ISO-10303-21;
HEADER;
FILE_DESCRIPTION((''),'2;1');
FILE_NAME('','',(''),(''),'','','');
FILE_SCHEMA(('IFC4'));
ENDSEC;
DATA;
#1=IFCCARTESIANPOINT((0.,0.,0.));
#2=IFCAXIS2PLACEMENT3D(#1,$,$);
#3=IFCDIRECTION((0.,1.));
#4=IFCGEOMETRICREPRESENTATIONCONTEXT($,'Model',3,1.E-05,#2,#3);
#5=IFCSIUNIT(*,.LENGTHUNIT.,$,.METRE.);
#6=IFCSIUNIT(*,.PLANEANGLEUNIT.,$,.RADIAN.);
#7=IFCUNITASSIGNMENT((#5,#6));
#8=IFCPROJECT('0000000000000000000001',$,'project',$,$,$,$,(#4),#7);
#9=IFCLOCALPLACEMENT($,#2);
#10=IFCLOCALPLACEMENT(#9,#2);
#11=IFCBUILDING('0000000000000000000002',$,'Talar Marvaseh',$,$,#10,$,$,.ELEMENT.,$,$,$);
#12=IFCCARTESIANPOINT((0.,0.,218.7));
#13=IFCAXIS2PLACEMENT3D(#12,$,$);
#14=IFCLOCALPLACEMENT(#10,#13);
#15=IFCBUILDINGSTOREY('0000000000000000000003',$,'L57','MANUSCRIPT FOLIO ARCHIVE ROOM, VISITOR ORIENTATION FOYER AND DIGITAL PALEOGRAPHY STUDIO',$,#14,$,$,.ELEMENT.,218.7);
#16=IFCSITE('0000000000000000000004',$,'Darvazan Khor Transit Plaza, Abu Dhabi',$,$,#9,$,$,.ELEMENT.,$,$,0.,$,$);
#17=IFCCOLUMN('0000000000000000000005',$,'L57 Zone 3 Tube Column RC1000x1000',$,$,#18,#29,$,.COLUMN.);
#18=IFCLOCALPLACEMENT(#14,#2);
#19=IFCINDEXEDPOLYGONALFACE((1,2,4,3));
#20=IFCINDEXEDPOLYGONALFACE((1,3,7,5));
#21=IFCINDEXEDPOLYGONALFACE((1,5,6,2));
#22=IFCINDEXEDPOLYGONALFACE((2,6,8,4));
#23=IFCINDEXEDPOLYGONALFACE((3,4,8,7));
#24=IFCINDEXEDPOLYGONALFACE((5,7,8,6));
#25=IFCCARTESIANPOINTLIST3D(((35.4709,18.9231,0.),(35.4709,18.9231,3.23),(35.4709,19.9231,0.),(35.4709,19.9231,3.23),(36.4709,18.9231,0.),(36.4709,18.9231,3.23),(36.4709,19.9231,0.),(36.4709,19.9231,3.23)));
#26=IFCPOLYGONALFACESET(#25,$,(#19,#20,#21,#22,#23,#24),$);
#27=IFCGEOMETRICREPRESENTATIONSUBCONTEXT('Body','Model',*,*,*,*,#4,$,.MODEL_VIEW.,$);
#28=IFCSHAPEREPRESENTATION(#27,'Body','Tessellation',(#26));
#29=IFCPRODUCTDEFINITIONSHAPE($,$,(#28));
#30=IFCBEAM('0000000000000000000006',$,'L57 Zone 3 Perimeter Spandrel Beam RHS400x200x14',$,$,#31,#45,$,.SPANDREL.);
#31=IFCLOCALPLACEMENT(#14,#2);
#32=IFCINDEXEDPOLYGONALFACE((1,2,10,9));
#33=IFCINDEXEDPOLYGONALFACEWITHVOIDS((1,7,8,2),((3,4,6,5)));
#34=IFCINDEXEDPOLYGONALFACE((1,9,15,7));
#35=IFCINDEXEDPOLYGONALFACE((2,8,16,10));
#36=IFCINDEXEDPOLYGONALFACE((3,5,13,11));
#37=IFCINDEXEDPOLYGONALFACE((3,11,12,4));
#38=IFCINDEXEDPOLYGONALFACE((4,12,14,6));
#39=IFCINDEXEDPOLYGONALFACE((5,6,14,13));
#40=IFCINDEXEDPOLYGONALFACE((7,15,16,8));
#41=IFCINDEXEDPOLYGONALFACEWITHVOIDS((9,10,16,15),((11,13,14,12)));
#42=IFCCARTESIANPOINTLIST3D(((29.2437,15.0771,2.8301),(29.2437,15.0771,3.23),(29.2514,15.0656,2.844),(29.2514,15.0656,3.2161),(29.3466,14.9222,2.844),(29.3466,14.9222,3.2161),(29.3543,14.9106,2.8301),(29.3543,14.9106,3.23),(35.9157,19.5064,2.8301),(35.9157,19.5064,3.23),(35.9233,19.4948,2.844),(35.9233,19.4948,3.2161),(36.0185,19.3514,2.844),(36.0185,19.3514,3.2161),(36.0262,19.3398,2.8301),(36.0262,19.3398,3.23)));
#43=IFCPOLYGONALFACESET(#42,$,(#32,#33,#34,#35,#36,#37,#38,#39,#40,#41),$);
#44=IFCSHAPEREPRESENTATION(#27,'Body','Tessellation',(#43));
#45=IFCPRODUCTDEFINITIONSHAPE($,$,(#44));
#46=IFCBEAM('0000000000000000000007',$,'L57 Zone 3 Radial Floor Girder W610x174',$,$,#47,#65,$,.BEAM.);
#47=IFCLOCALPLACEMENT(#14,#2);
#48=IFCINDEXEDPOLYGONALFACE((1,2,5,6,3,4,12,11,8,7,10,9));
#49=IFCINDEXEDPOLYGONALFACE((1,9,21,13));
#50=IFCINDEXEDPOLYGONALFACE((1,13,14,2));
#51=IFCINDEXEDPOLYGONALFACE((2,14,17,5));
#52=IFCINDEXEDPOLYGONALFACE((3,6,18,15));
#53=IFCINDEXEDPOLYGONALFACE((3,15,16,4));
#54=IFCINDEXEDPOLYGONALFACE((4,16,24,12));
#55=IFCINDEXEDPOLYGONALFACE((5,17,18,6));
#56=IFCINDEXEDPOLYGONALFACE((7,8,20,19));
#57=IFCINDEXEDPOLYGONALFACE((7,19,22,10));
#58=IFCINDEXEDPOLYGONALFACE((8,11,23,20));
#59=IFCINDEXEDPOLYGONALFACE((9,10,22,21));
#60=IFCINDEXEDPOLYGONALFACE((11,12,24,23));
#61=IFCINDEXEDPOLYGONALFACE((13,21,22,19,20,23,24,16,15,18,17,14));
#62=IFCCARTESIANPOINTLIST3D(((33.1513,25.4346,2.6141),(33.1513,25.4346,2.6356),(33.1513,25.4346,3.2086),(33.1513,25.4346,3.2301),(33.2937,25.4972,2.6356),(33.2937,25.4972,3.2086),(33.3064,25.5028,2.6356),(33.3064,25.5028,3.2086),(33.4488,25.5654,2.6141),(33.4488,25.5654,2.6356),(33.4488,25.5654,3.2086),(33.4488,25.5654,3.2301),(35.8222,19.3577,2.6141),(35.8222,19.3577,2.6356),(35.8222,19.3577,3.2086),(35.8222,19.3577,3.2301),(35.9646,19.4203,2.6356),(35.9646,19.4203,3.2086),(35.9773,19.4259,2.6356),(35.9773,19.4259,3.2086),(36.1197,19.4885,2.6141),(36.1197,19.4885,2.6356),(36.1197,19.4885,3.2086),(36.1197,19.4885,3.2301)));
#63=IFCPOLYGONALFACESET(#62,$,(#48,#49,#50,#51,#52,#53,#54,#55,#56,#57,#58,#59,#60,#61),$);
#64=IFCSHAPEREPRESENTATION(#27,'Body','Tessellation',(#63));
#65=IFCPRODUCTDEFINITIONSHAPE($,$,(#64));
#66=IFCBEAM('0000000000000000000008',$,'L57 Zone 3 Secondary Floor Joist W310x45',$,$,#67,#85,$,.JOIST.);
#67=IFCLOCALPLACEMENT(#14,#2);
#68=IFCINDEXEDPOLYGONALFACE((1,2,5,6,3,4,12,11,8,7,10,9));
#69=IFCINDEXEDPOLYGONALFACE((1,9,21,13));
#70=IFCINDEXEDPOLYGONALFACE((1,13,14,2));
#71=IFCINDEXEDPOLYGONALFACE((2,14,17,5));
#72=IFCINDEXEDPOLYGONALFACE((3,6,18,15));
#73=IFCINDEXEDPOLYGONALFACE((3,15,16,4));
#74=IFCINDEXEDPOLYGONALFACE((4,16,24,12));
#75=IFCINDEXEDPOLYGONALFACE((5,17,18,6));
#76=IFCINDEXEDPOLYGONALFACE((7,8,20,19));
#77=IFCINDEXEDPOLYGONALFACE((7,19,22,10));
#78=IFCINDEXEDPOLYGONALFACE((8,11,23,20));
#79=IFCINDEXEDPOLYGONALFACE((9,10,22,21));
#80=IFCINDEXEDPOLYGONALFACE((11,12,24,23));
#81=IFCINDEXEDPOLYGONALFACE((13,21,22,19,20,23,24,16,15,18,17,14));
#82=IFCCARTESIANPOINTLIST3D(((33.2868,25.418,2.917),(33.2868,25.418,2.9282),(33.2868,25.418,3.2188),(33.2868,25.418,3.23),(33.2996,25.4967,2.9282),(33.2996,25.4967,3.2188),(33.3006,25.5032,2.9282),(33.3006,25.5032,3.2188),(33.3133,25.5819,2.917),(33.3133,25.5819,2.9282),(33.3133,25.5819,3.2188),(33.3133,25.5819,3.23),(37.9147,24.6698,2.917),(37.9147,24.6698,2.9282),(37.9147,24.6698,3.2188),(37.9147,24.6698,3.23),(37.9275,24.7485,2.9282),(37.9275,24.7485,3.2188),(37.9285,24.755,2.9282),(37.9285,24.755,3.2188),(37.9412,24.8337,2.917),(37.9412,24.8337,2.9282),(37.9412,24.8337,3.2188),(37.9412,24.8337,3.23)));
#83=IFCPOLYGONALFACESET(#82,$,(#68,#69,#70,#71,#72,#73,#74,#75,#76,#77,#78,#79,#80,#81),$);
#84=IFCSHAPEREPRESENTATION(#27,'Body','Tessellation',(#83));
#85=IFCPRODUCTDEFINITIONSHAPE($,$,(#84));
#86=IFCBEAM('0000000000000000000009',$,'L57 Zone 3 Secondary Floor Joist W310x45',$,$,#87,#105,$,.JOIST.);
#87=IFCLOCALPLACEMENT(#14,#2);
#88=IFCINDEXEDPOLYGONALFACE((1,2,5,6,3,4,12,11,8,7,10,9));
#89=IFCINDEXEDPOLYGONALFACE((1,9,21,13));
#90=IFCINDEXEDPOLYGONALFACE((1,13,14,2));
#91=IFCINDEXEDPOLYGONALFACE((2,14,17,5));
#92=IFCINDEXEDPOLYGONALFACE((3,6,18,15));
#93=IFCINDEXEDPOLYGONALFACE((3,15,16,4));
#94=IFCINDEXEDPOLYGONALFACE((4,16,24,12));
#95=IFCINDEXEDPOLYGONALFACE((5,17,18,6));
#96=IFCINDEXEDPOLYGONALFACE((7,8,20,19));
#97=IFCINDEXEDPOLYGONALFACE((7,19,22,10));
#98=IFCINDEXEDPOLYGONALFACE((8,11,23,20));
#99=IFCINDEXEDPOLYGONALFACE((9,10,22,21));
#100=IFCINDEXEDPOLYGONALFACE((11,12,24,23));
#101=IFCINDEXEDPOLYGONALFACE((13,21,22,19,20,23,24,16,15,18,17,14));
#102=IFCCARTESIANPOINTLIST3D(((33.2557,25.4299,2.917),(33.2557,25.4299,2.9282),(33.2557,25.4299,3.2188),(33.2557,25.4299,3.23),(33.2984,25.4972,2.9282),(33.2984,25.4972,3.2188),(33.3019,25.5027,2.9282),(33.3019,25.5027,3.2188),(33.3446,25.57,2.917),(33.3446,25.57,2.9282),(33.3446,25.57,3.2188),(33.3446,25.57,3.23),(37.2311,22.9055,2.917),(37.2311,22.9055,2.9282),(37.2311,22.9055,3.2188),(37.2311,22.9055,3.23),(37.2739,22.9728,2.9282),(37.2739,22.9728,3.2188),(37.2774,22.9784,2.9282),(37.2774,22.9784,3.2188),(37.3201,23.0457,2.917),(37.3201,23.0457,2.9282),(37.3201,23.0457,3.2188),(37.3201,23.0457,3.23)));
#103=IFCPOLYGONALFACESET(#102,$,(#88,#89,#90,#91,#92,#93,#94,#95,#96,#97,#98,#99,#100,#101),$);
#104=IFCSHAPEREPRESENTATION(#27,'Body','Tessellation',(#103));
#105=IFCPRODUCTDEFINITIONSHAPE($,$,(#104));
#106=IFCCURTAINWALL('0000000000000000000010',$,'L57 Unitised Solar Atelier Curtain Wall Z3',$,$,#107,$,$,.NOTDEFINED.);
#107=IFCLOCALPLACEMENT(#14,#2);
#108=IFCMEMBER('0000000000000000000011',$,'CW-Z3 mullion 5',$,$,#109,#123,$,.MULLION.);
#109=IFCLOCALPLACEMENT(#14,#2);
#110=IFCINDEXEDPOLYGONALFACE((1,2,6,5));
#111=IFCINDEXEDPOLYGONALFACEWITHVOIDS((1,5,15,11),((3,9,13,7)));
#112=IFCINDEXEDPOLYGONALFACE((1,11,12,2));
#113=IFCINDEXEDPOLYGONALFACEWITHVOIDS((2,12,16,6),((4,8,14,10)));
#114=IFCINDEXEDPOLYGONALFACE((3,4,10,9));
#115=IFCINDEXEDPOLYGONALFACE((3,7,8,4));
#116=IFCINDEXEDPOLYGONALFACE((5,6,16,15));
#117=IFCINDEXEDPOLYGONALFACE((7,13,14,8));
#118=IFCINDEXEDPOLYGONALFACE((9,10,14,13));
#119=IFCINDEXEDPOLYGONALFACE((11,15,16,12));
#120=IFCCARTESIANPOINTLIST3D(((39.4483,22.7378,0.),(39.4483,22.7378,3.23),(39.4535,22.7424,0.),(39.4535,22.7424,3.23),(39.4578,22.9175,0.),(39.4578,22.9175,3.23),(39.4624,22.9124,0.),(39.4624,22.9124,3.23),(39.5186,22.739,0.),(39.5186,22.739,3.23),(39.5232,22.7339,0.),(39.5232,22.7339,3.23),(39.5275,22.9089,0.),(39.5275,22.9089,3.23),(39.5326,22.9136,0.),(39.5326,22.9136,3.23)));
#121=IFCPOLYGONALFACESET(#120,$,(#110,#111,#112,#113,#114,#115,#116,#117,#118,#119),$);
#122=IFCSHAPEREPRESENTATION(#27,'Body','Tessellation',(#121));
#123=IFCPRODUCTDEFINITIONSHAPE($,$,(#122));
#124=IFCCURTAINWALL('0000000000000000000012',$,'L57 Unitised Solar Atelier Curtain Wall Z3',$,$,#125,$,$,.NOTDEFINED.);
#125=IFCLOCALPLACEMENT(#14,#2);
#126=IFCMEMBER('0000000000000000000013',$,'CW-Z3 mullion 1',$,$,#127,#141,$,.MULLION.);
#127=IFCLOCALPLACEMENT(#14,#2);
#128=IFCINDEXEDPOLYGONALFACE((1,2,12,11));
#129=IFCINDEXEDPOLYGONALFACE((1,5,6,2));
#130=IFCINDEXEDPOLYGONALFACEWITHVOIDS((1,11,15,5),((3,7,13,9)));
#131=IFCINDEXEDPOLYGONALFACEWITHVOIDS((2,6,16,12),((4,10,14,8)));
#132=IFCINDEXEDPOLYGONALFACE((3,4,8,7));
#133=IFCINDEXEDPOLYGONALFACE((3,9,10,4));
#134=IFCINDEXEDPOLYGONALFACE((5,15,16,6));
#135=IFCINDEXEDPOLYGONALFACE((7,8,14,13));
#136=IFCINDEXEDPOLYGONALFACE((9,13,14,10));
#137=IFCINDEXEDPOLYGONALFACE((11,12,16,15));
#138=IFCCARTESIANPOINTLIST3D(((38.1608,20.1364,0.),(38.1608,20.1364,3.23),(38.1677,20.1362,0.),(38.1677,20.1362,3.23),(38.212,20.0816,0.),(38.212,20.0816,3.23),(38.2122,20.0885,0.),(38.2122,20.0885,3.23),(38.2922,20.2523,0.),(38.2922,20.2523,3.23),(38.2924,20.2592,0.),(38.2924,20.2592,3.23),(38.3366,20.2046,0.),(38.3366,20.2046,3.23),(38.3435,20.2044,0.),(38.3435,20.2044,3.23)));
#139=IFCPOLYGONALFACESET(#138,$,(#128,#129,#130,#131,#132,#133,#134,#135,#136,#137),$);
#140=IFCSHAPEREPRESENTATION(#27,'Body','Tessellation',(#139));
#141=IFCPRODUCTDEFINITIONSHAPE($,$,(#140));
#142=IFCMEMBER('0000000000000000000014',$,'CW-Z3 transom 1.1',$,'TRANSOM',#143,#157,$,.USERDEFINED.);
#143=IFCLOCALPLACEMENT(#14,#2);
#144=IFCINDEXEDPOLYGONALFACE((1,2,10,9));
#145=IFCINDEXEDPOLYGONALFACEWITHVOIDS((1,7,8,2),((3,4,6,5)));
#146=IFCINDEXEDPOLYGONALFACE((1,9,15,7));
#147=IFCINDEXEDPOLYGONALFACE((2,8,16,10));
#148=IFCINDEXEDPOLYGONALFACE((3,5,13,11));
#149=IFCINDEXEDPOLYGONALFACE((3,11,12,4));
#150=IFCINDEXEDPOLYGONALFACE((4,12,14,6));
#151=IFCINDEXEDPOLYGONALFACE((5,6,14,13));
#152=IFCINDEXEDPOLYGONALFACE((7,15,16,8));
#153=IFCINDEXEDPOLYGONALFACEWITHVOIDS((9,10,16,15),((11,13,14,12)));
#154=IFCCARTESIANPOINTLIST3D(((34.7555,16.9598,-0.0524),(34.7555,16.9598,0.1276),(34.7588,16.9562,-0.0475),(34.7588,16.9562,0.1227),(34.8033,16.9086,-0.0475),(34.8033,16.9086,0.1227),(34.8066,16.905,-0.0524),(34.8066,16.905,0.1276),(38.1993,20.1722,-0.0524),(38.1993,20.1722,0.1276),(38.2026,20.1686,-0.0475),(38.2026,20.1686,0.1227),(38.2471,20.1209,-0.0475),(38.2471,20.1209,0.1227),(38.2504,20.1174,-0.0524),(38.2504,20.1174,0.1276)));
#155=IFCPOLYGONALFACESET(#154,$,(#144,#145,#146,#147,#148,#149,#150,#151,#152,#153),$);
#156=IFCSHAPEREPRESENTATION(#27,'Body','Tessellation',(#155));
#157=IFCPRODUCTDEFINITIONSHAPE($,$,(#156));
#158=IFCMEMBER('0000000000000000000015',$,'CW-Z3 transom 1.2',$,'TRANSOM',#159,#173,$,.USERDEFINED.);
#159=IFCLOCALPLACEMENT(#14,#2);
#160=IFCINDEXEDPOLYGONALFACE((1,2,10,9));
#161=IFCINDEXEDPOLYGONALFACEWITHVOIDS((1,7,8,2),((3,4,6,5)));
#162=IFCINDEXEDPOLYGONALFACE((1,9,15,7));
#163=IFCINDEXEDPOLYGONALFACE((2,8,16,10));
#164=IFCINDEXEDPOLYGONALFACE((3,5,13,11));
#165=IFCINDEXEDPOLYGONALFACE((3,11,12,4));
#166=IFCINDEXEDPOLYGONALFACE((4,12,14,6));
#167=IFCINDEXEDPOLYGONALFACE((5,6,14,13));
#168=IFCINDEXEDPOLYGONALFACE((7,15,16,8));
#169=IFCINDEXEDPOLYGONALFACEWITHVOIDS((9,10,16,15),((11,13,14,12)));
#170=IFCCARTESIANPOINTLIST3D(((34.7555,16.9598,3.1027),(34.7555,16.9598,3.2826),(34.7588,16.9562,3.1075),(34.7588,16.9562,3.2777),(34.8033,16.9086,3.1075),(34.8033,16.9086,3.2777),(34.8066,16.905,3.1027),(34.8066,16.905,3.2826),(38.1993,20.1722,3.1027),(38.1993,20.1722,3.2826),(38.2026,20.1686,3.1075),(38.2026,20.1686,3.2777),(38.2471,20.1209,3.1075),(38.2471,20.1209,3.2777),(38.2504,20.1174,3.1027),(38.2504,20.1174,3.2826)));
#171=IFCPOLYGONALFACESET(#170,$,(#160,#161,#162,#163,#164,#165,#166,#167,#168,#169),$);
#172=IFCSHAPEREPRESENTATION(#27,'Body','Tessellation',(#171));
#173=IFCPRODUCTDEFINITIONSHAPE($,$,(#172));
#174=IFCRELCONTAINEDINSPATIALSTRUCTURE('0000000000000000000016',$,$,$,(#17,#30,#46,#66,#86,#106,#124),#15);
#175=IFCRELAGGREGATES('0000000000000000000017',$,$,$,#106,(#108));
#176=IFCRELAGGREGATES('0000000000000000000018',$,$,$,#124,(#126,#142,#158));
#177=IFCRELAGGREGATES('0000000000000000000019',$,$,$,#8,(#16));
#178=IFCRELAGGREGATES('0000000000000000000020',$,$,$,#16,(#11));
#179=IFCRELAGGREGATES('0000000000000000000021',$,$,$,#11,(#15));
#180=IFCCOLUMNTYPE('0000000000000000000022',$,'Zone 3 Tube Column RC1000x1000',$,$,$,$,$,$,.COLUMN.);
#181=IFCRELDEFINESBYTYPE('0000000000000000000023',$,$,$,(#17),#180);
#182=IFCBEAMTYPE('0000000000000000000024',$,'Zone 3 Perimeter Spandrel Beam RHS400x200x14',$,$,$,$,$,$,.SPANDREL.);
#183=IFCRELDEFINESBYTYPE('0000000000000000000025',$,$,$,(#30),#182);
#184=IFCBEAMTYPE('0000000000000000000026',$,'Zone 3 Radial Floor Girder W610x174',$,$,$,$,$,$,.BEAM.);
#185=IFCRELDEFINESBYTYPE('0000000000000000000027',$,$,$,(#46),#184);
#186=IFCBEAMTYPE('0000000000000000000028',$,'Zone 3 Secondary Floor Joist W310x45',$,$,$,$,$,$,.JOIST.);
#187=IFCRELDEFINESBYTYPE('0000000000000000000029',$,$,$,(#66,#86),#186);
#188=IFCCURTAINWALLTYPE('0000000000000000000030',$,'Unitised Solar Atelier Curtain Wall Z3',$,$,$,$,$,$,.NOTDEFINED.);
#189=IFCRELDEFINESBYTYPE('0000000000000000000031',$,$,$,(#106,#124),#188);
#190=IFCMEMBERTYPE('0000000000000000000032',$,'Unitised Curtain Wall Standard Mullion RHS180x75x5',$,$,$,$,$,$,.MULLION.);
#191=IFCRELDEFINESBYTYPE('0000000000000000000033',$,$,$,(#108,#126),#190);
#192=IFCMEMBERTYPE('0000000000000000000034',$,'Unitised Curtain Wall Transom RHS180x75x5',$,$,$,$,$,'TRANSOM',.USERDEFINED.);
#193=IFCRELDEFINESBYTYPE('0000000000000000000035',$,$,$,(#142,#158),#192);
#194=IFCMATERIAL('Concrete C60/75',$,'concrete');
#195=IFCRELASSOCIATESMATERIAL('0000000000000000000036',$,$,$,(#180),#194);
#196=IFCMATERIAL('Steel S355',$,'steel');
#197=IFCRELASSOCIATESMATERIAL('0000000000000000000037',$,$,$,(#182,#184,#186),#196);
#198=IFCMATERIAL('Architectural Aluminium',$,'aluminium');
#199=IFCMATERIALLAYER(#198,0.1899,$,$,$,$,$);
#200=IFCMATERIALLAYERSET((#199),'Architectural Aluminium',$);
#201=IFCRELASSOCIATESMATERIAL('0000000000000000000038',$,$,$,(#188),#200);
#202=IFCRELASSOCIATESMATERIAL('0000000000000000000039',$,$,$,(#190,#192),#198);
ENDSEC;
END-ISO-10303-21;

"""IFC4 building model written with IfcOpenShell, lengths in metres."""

from ifc_helpers import new_model, si_unit, direction, frame, origin, origin_2d, place, context, subcontext, project, spatial, rectangle, hollow_rectangle, i_section, extrude, source, transform, mapped, material, layer, layer_set, material_profile, profile_set, type_object, type_shapes, element, aggregate, save


model = new_model("IFC4")

# Units and contexts
model_context = context("Model", 3, precision=1e-05, world=origin(), true_north=direction((0.0, 1.0)))
body_context = subcontext(model_context, "Body", "Model", "MODEL_VIEW")
ifc_project = project(units=[si_unit("LENGTHUNIT", "METRE"), si_unit("PLANEANGLEUNIT", "RADIAN")], contexts=[model_context])

# Site, building, storey
site_placement = place(None, origin())
site = spatial("IfcSite", under=ifc_project, at=site_placement, Name="Darvazan Khor Transit Plaza, Abu Dhabi", CompositionType="ELEMENT", RefElevation=0.0)
building_placement = place(site_placement, origin())
building = spatial("IfcBuilding", under=site, at=building_placement, Name="Talar Marvaseh", CompositionType="ELEMENT")
storey_placement = place(building_placement, frame((0.0, 0.0, 218.7)))
storey = spatial("IfcBuildingStorey", under=building, at=storey_placement, Name="L57", Description="MANUSCRIPT FOLIO ARCHIVE ROOM, VISITOR ORIENTATION FOYER AND DIGITAL PALEOGRAPHY STUDIO", CompositionType="ELEMENT", Elevation=218.7)

# Column
ifc_material_1 = material(Name="Concrete C60/75", Category="concrete")
ifc_material_profile_1 = material_profile(ifc_material_1, rectangle(XDim=1.0, YDim=1.0, at=origin_2d()), Name="RC1000x1000")
ifc_profile_set_1 = profile_set([ifc_material_profile_1], Name="Concrete C60/75")
column_type = type_object("IfcColumnType", Name="Zone 3 Tube Column RC1000x1000", PredefinedType="COLUMN", material=ifc_profile_set_1)
column_placement = place(storey_placement, frame((35.9709, 19.4231, 0.0), z_axis=(0.0, 0.0, 1.0), x_axis=(1.0, 0.0, 0.0)))
element("IfcColumn", 1, at=column_placement, inside=storey, type_object=column_type, Name="L57 Zone 3 Tube Column RC1000x1000", PredefinedType="COLUMN", context=body_context, shape_type="SweptSolid", body=[
    extrude(rectangle(XDim=1.0, YDim=1.0, at=origin_2d()), origin(), (0.0, 0.0, 1.0), 3.23),
])

# Beams
ifc_material_2 = material(Name="Steel S355", Category="steel")
ifc_material_profile_2 = material_profile(ifc_material_2, hollow_rectangle(XDim=0.2, YDim=0.3999, WallThickness=0.0139, at=origin_2d()), Name="RHS400x200x14")
ifc_profile_set_2 = profile_set([ifc_material_profile_2], Name="Steel S355")
beam_type_1 = type_object("IfcBeamType", Name="Zone 3 Perimeter Spandrel Beam RHS400x200x14", PredefinedType="SPANDREL", material=ifc_profile_set_2)
beam_1_placement = place(storey_placement, frame((35.9709, 19.4231, 3.03), z_axis=(-0.833127, -0.553081, 0.0), x_axis=(0.553081, -0.833127, 0.0)))
element("IfcBeam", 2, at=beam_1_placement, inside=storey, type_object=beam_type_1, Name="L57 Zone 3 Perimeter Spandrel Beam RHS400x200x14", PredefinedType="SPANDREL", context=body_context, shape_type="SweptSolid", body=[
    extrude(hollow_rectangle(XDim=0.2, YDim=0.3999, WallThickness=0.0139, at=origin_2d()), origin(), (0.0, 0.0, 1.0), 8.0083),
])
ifc_material_profile_3 = material_profile(ifc_material_2, i_section(OverallWidth=0.325, OverallDepth=0.616, WebThickness=0.0139, FlangeThickness=0.0215, at=origin_2d()), Name="W610x174")
ifc_profile_set_3 = profile_set([ifc_material_profile_3], Name="Steel S355")
beam_type_2 = type_object("IfcBeamType", Name="Zone 3 Radial Floor Girder W610x174", PredefinedType="BEAM", material=ifc_profile_set_3)
beam_2_placement = place(storey_placement, frame((35.9709, 19.4231, 2.9221), z_axis=(-0.402368, 0.915478, 0.0), x_axis=(-0.915478, -0.402368, 0.0)))
element("IfcBeam", 3, at=beam_2_placement, inside=storey, type_object=beam_type_2, Name="L57 Zone 3 Radial Floor Girder W610x174", PredefinedType="BEAM", context=body_context, shape_type="SweptSolid", body=[
    extrude(i_section(OverallWidth=0.325, OverallDepth=0.616, WebThickness=0.0139, FlangeThickness=0.0215, at=origin_2d()), origin(), (0.0, 0.0, 1.0), 6.6379),
])
ifc_material_profile_4 = material_profile(ifc_material_2, i_section(OverallWidth=0.166, OverallDepth=0.313, WebThickness=0.0066, FlangeThickness=0.0112, at=origin_2d()), Name="W310x45")
ifc_profile_set_4 = profile_set([ifc_material_profile_4], Name="Steel S355")
beam_type_3 = type_object("IfcBeamType", Name="Zone 3 Secondary Floor Joist W310x45", PredefinedType="JOIST", material=ifc_profile_set_4)
beam_3_placement = place(storey_placement, frame((37.928, 24.7517, 3.0735), z_axis=(-0.987179, 0.159617, 0.0), x_axis=(-0.159617, -0.987179, 0.0)))
element("IfcBeam", 4, at=beam_3_placement, inside=storey, type_object=beam_type_3, Name="L57 Zone 3 Secondary Floor Joist W310x45", PredefinedType="JOIST", context=body_context, shape_type="SweptSolid", body=[
    extrude(i_section(OverallWidth=0.166, OverallDepth=0.313, WebThickness=0.0066, FlangeThickness=0.0112, at=origin_2d()), origin(), (0.0, 0.0, 1.0), 4.688),
])
beam_4_placement = place(storey_placement, frame((37.2756, 22.9756, 3.0735), z_axis=(-0.84419, 0.536043, 0.0), x_axis=(-0.536043, -0.84419, 0.0)))
element("IfcBeam", 5, at=beam_4_placement, inside=storey, type_object=beam_type_3, Name="L57 Zone 3 Secondary Floor Joist W310x45", PredefinedType="JOIST", context=body_context, shape_type="SweptSolid", body=[
    extrude(i_section(OverallWidth=0.166, OverallDepth=0.313, WebThickness=0.0066, FlangeThickness=0.0112, at=origin_2d()), origin(), (0.0, 0.0, 1.0), 4.7092),
])

# Curtain wall, member
ifc_material_3 = material(Name="Architectural Aluminium", Category="aluminium")
ifc_layer_1 = layer(ifc_material_3, 0.1899)
ifc_layer_set_1 = layer_set([ifc_layer_1], Name="Architectural Aluminium")
curtain_wall_type = type_object("IfcCurtainWallType", Name="Unitised Solar Atelier Curtain Wall Z3", PredefinedType="NOTDEFINED", material=ifc_layer_set_1)
curtain_wall_1_placement = place(storey_placement, origin())
curtain_wall_1 = element("IfcCurtainWall", 6, at=curtain_wall_1_placement, inside=storey, type_object=curtain_wall_type, Name="L57 Unitised Solar Atelier Curtain Wall Z3", PredefinedType="NOTDEFINED")
ifc_material_profile_5 = material_profile(ifc_material_3, hollow_rectangle(XDim=0.075, YDim=0.1799, WallThickness=0.0049, at=origin_2d()), Name="RHS180x75x5")
ifc_profile_set_5 = profile_set([ifc_material_profile_5], Name="Architectural Aluminium")
member_type_1 = type_object("IfcMemberType", Name="Unitised Curtain Wall Standard Mullion RHS180x75x5", PredefinedType="MULLION", material=ifc_profile_set_5)
shared_shape_1 = source(origin(), body_context, "Body", "SweptSolid", [
    extrude(hollow_rectangle(XDim=0.075, YDim=0.1799, WallThickness=0.0049, at=origin_2d()), origin(), (0.0, 0.0, 1.0), 3.23),
])
type_shapes(member_type_1, [shared_shape_1])
member_1_placement = place(storey_placement, frame((39.4905, 22.8257, 0.0), z_axis=(0.0, 0.0, 1.0), x_axis=(0.998622, -0.052488, 0.0)))
member_1 = element("IfcMember", 7, at=member_1_placement, type_object=member_type_1, Name="CW-Z3 mullion 5", PredefinedType="MULLION", context=body_context, shape_type="MappedRepresentation", body=[
    mapped(shared_shape_1, transform((0.0, 0.0, 0.0), x_axis=(1.0, 0.0, 0.0), y_axis=(0.0, 1.0, 0.0), z_axis=(0.0, 0.0, 1.0), scale=1.0)),
])

# Curtain wall, members
curtain_wall_2_placement = place(storey_placement, origin())
curtain_wall_2 = element("IfcCurtainWall", 8, at=curtain_wall_2_placement, inside=storey, type_object=curtain_wall_type, Name="L57 Unitised Solar Atelier Curtain Wall Z3", PredefinedType="NOTDEFINED")
member_2_placement = place(storey_placement, frame((38.2522, 20.1704, 0.0), z_axis=(0.0, 0.0, 1.0), x_axis=(0.68211, -0.731249, 0.0)))
member_2 = element("IfcMember", 9, at=member_2_placement, type_object=member_type_1, Name="CW-Z3 mullion 1", PredefinedType="MULLION", context=body_context, shape_type="MappedRepresentation", body=[
    mapped(shared_shape_1, transform((0.0, 0.0, 0.0), x_axis=(1.0, 0.0, 0.0), y_axis=(0.0, 1.0, 0.0), z_axis=(0.0, 0.0, 1.0), scale=1.0)),
])
ifc_material_profile_6 = material_profile(ifc_material_3, hollow_rectangle(XDim=0.075, YDim=0.1799, WallThickness=0.0049, at=origin_2d()), Name="RHS180x75x5")
ifc_profile_set_6 = profile_set([ifc_material_profile_6], Name="Architectural Aluminium")
member_type_2 = type_object("IfcMemberType", Name="Unitised Curtain Wall Transom RHS180x75x5", ElementType="TRANSOM", PredefinedType="USERDEFINED", material=ifc_profile_set_6)
shared_shape_2 = source(origin(), body_context, "Body", "SweptSolid", [
    extrude(hollow_rectangle(XDim=0.075, YDim=0.1799, WallThickness=0.0049, at=origin_2d()), origin(), (0.0, 0.0, 1.0), 4.7095),
])
type_shapes(member_type_2, [shared_shape_2])
member_3_placement = place(storey_placement, frame((38.2249, 20.1448, 0.0376), z_axis=(-0.731252, -0.682108, 0.0), x_axis=(0.682108, -0.731252, 0.0)))
member_3 = element("IfcMember", 10, at=member_3_placement, type_object=member_type_2, Name="CW-Z3 transom 1.1", ObjectType="TRANSOM", PredefinedType="USERDEFINED", context=body_context, shape_type="MappedRepresentation", body=[
    mapped(shared_shape_2, transform((0.0, 0.0, 0.0), x_axis=(1.0, 0.0, 0.0), y_axis=(0.0, 1.0, 0.0), z_axis=(0.0, 0.0, 1.0), scale=1.0)),
])
member_4_placement = place(storey_placement, frame((38.2249, 20.1448, 3.1926), z_axis=(-0.731252, -0.682108, 0.0), x_axis=(0.682108, -0.731252, 0.0)))
member_4 = element("IfcMember", 11, at=member_4_placement, type_object=member_type_2, Name="CW-Z3 transom 1.2", ObjectType="TRANSOM", PredefinedType="USERDEFINED", context=body_context, shape_type="MappedRepresentation", body=[
    mapped(shared_shape_2, transform((0.0, 0.0, 0.0), x_axis=(1.0, 0.0, 0.0), y_axis=(0.0, 1.0, 0.0), z_axis=(0.0, 0.0, 1.0), scale=1.0)),
])

aggregate(curtain_wall_1, [member_1])
aggregate(curtain_wall_2, [member_2, member_3, member_4])

save(model, "model.ifc")
